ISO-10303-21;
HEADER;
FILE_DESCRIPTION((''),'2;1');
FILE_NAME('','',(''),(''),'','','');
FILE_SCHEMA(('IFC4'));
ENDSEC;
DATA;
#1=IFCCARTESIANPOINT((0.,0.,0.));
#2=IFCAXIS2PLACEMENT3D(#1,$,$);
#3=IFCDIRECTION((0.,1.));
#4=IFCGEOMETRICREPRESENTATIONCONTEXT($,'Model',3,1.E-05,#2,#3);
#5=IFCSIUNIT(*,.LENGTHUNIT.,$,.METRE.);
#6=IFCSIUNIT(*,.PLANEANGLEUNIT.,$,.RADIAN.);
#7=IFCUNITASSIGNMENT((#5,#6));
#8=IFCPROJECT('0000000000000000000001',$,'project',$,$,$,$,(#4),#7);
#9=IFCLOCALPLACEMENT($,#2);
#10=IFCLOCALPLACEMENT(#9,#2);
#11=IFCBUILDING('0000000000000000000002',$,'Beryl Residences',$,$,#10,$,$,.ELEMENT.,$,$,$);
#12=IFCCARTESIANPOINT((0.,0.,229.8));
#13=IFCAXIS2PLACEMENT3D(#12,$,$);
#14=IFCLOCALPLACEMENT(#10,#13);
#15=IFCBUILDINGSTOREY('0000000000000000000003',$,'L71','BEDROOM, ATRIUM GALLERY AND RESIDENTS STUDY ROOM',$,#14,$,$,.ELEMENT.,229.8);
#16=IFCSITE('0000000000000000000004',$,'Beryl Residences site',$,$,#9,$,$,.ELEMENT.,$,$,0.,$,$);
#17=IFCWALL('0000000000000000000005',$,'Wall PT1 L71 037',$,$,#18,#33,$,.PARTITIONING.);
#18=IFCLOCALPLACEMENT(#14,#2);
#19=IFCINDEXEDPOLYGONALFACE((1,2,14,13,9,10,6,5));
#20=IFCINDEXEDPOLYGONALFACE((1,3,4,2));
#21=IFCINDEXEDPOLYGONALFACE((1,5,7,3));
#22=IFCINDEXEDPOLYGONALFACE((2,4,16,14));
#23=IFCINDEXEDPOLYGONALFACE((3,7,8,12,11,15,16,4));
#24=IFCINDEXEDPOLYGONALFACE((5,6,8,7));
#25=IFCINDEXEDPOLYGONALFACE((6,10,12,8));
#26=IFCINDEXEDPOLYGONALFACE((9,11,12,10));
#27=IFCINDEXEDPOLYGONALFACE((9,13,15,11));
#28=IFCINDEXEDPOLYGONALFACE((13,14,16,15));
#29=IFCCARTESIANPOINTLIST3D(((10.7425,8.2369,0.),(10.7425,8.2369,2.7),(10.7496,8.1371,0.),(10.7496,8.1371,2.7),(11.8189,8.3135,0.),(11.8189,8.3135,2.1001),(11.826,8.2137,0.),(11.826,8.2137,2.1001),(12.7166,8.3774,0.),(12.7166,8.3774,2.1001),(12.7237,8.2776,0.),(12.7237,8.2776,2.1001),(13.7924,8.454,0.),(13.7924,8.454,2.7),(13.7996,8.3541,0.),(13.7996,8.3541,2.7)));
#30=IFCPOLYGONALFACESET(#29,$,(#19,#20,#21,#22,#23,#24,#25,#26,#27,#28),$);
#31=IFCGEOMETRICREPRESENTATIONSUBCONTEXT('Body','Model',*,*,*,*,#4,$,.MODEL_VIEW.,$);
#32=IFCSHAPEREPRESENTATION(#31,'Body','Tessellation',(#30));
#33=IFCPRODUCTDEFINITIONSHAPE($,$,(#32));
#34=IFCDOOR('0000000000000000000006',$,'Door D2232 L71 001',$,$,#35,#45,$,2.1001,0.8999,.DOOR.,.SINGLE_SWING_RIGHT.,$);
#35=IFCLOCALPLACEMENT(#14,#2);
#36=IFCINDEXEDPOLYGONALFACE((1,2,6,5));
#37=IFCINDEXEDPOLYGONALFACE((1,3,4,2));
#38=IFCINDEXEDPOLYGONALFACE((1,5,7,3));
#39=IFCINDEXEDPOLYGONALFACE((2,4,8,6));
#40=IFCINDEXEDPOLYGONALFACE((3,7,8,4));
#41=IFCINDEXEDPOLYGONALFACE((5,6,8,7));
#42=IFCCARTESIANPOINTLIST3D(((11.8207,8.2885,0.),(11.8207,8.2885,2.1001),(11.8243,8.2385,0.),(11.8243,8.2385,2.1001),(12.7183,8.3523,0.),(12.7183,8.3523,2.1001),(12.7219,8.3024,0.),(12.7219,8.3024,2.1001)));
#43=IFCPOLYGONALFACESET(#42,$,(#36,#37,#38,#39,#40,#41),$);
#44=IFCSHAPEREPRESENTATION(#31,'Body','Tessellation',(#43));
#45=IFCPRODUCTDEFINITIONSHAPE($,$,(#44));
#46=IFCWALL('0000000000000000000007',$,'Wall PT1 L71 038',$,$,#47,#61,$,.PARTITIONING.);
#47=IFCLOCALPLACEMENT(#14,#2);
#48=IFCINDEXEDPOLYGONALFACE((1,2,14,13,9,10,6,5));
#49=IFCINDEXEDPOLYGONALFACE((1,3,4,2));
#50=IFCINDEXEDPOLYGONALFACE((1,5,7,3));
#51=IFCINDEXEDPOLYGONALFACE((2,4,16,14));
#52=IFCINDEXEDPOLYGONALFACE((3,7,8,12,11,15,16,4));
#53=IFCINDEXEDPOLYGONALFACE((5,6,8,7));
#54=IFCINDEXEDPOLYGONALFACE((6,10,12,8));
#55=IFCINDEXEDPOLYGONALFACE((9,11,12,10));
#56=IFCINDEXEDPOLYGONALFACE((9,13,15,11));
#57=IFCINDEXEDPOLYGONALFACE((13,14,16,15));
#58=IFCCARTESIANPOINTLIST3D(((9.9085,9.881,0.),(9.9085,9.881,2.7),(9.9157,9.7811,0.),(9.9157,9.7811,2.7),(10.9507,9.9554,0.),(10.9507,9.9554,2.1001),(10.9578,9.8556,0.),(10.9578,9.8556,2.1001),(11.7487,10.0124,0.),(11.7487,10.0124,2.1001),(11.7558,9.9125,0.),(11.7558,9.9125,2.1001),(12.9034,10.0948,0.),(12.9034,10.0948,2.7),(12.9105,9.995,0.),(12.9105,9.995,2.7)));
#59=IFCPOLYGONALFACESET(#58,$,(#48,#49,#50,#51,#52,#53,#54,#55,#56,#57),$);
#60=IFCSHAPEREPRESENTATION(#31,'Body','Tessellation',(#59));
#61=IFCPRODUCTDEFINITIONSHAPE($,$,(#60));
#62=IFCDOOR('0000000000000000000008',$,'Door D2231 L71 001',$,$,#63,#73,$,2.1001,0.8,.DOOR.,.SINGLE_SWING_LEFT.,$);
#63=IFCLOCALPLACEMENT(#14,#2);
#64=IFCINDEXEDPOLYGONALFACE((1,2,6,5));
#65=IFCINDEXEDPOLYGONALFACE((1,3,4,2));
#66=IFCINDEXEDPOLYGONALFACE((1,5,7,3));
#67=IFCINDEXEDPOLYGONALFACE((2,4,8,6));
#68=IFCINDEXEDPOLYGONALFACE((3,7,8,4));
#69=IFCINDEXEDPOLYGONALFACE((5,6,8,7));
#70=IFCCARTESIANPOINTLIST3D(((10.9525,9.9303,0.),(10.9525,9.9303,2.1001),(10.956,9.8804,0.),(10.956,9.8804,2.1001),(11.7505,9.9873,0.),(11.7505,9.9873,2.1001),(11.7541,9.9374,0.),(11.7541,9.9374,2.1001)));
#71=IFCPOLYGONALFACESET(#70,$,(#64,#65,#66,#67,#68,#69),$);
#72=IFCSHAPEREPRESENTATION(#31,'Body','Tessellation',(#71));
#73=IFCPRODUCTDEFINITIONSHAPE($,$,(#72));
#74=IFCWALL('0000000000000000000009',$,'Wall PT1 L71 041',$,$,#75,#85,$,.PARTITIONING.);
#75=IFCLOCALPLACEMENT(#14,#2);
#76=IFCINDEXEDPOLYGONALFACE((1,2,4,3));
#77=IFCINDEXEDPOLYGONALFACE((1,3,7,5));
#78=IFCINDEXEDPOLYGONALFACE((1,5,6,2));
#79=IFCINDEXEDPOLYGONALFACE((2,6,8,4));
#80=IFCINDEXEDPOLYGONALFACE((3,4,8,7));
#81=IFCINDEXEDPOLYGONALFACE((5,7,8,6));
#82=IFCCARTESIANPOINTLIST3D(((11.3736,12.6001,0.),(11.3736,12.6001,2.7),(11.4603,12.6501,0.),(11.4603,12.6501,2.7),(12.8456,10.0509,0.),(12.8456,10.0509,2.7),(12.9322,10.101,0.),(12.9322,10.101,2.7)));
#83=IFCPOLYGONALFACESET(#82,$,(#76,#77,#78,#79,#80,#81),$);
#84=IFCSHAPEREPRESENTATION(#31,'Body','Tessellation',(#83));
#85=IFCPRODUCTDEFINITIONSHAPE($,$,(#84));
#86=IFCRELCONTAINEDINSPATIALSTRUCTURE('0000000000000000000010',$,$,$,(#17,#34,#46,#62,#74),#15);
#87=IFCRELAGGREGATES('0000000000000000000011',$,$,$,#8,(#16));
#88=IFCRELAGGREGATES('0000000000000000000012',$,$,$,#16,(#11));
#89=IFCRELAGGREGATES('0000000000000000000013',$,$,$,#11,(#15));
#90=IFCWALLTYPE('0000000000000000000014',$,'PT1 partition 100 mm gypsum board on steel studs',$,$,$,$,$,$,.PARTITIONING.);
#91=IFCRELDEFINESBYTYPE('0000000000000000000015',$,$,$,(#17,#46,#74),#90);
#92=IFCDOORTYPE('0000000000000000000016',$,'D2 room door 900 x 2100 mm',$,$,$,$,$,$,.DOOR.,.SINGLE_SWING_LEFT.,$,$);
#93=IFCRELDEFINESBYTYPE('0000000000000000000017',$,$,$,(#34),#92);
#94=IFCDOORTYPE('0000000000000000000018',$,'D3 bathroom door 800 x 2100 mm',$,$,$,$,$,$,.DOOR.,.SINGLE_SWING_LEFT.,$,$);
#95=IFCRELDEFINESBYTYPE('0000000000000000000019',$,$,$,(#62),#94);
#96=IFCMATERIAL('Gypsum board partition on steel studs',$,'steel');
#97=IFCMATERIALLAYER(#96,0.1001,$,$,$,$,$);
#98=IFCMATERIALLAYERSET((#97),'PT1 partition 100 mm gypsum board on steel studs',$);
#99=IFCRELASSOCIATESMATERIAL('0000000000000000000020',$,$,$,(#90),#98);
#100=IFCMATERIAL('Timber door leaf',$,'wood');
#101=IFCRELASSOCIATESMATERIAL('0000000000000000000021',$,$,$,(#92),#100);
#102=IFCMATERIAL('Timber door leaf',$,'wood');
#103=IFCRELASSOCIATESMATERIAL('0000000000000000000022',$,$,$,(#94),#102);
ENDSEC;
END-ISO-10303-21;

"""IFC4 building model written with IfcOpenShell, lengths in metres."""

from ifc_helpers import new_model, si_unit, direction, frame, frame_2d, origin, place, context, subcontext, project, spatial, rectangle, extrude, material, layer, layer_set, type_object, element, fill, save


model = new_model("IFC4")

# Units and contexts
model_context = context("Model", 3, precision=1e-05, world=origin(), true_north=direction((0.0, 1.0)))
body_context = subcontext(model_context, "Body", "Model", "MODEL_VIEW")
ifc_project = project(units=[si_unit("LENGTHUNIT", "METRE"), si_unit("PLANEANGLEUNIT", "RADIAN")], contexts=[model_context])

# Site, building, storey
site_placement = place(None, origin())
site = spatial("IfcSite", under=ifc_project, at=site_placement, Name="Beryl Residences site", CompositionType="ELEMENT", RefElevation=0.0)
building_placement = place(site_placement, origin())
building = spatial("IfcBuilding", under=site, at=building_placement, Name="Beryl Residences", CompositionType="ELEMENT")
storey_placement = place(building_placement, frame((0.0, 0.0, 229.8)))
storey = spatial("IfcBuildingStorey", under=building, at=storey_placement, Name="L71", Description="BEDROOM, ATRIUM GALLERY AND RESIDENTS STUDY ROOM", CompositionType="ELEMENT", Elevation=229.8)

# Shared definitions
ifc_material_1 = material(Name="Gypsum board partition on steel studs", Category="steel")
ifc_layer_1 = layer(ifc_material_1, 0.1001)
ifc_layer_set_1 = layer_set([ifc_layer_1], Name="PT1 partition 100 mm gypsum board on steel studs")
wall_type_1 = type_object("IfcWallType", Name="PT1 partition 100 mm gypsum board on steel studs", PredefinedType="PARTITIONING", material=ifc_layer_set_1)
ifc_material_2 = material(Name="Timber door leaf", Category="wood")
door_type_1 = type_object("IfcDoorType", Name="D2 room door 900 x 2100 mm", OperationType="SINGLE_SWING_LEFT", PredefinedType="DOOR", material=ifc_material_2)

# Walls, openings, doors
wall_1_placement = place(storey_placement, frame((10.7461, 8.187, 0.0), z_axis=(0.0, 0.0, 1.0), x_axis=(0.997477, 0.070986, 0.0)))
wall_1 = element("IfcWall", 1, at=wall_1_placement, inside=storey, type_object=wall_type_1, Name="Wall PT1 L71 037", PredefinedType="PARTITIONING", context=body_context, shape_type="SweptSolid", body=[
    extrude(rectangle(XDim=3.0576, YDim=0.1001, at=frame_2d((1.5288, 0.0))), origin(), (0.0, 0.0, 1.0), 2.7),
])
opening_1_placement = place(wall_1_placement, frame((1.0791, 0.0, 0.0)))
opening_1 = element("IfcOpeningElement", 2, at=opening_1_placement, cuts=wall_1, PredefinedType="OPENING", context=body_context, shape_type="SweptSolid", body=[
    extrude(rectangle(XDim=0.8999, YDim=2.1001, at=frame_2d((0.45, 1.05))), frame((0.0, 0.0601, 0.0), z_axis=(0.0, -1.0, 0.0), x_axis=(1.0, 0.0, 0.0)), (0.0, 0.0, 1.0), 0.1201),
])
door_1_placement = place(opening_1_placement, origin())
door_1 = element("IfcDoor", 3, at=door_1_placement, inside=storey, type_object=door_type_1, Name="Door D2232 L71 001", OperationType="SINGLE_SWING_RIGHT", OverallHeight=2.1001, OverallWidth=0.8999, PredefinedType="DOOR", context=body_context, shape_type="SweptSolid", body=[
    extrude(rectangle(XDim=0.8999, YDim=2.1001, at=frame_2d((0.45, 1.05))), frame((0.0, 0.0249, 0.0), z_axis=(0.0, -1.0, 0.0), x_axis=(1.0, 0.0, 0.0)), (0.0, 0.0, 1.0), 0.05),
])
fill(opening_1, door_1)
wall_2_placement = place(storey_placement, frame((9.9121, 9.8311, 0.0), z_axis=(0.0, 0.0, 1.0), x_axis=(0.99746, 0.07123, 0.0)))
wall_2 = element("IfcWall", 4, at=wall_2_placement, inside=storey, type_object=wall_type_1, Name="Wall PT1 L71 038", PredefinedType="PARTITIONING", context=body_context, shape_type="SweptSolid", body=[
    extrude(rectangle(XDim=3.0024, YDim=0.1001, at=frame_2d((1.5012, 0.0))), origin(), (0.0, 0.0, 1.0), 2.7),
])
opening_2_placement = place(wall_2_placement, frame((1.0449, 0.0, 0.0)))
opening_2 = element("IfcOpeningElement", 5, at=opening_2_placement, cuts=wall_2, PredefinedType="OPENING", context=body_context, shape_type="SweptSolid", body=[
    extrude(rectangle(XDim=0.8, YDim=2.1001, at=frame_2d((0.3999, 1.05))), frame((0.0, 0.0601, 0.0), z_axis=(0.0, -1.0, 0.0), x_axis=(1.0, 0.0, 0.0)), (0.0, 0.0, 1.0), 0.1201),
])
ifc_material_3 = material(Name="Timber door leaf", Category="wood")
door_type_2 = type_object("IfcDoorType", Name="D3 bathroom door 800 x 2100 mm", OperationType="SINGLE_SWING_LEFT", PredefinedType="DOOR", material=ifc_material_3)
door_2_placement = place(opening_2_placement, origin())
door_2 = element("IfcDoor", 6, at=door_2_placement, inside=storey, type_object=door_type_2, Name="Door D2231 L71 001", OperationType="SINGLE_SWING_LEFT", OverallHeight=2.1001, OverallWidth=0.8, PredefinedType="DOOR", context=body_context, shape_type="SweptSolid", body=[
    extrude(rectangle(XDim=0.8, YDim=2.1001, at=frame_2d((0.3999, 1.05))), frame((0.0, 0.0249, 0.0), z_axis=(0.0, -1.0, 0.0), x_axis=(1.0, 0.0, 0.0)), (0.0, 0.0, 1.0), 0.05),
])
fill(opening_2, door_2)

# Wall
wall_3_placement = place(storey_placement, frame((11.417, 12.625, 0.0), z_axis=(0.0, 0.0, 1.0), x_axis=(0.500055, -0.865994, 0.0)))
element("IfcWall", 7, at=wall_3_placement, inside=storey, type_object=wall_type_1, Name="Wall PT1 L71 041", PredefinedType="PARTITIONING", context=body_context, shape_type="SweptSolid", body=[
    extrude(rectangle(XDim=2.9436, YDim=0.1001, at=frame_2d((1.4717, 0.0))), origin(), (0.0, 0.0, 1.0), 2.7),
])

save(model, "model.ifc")
